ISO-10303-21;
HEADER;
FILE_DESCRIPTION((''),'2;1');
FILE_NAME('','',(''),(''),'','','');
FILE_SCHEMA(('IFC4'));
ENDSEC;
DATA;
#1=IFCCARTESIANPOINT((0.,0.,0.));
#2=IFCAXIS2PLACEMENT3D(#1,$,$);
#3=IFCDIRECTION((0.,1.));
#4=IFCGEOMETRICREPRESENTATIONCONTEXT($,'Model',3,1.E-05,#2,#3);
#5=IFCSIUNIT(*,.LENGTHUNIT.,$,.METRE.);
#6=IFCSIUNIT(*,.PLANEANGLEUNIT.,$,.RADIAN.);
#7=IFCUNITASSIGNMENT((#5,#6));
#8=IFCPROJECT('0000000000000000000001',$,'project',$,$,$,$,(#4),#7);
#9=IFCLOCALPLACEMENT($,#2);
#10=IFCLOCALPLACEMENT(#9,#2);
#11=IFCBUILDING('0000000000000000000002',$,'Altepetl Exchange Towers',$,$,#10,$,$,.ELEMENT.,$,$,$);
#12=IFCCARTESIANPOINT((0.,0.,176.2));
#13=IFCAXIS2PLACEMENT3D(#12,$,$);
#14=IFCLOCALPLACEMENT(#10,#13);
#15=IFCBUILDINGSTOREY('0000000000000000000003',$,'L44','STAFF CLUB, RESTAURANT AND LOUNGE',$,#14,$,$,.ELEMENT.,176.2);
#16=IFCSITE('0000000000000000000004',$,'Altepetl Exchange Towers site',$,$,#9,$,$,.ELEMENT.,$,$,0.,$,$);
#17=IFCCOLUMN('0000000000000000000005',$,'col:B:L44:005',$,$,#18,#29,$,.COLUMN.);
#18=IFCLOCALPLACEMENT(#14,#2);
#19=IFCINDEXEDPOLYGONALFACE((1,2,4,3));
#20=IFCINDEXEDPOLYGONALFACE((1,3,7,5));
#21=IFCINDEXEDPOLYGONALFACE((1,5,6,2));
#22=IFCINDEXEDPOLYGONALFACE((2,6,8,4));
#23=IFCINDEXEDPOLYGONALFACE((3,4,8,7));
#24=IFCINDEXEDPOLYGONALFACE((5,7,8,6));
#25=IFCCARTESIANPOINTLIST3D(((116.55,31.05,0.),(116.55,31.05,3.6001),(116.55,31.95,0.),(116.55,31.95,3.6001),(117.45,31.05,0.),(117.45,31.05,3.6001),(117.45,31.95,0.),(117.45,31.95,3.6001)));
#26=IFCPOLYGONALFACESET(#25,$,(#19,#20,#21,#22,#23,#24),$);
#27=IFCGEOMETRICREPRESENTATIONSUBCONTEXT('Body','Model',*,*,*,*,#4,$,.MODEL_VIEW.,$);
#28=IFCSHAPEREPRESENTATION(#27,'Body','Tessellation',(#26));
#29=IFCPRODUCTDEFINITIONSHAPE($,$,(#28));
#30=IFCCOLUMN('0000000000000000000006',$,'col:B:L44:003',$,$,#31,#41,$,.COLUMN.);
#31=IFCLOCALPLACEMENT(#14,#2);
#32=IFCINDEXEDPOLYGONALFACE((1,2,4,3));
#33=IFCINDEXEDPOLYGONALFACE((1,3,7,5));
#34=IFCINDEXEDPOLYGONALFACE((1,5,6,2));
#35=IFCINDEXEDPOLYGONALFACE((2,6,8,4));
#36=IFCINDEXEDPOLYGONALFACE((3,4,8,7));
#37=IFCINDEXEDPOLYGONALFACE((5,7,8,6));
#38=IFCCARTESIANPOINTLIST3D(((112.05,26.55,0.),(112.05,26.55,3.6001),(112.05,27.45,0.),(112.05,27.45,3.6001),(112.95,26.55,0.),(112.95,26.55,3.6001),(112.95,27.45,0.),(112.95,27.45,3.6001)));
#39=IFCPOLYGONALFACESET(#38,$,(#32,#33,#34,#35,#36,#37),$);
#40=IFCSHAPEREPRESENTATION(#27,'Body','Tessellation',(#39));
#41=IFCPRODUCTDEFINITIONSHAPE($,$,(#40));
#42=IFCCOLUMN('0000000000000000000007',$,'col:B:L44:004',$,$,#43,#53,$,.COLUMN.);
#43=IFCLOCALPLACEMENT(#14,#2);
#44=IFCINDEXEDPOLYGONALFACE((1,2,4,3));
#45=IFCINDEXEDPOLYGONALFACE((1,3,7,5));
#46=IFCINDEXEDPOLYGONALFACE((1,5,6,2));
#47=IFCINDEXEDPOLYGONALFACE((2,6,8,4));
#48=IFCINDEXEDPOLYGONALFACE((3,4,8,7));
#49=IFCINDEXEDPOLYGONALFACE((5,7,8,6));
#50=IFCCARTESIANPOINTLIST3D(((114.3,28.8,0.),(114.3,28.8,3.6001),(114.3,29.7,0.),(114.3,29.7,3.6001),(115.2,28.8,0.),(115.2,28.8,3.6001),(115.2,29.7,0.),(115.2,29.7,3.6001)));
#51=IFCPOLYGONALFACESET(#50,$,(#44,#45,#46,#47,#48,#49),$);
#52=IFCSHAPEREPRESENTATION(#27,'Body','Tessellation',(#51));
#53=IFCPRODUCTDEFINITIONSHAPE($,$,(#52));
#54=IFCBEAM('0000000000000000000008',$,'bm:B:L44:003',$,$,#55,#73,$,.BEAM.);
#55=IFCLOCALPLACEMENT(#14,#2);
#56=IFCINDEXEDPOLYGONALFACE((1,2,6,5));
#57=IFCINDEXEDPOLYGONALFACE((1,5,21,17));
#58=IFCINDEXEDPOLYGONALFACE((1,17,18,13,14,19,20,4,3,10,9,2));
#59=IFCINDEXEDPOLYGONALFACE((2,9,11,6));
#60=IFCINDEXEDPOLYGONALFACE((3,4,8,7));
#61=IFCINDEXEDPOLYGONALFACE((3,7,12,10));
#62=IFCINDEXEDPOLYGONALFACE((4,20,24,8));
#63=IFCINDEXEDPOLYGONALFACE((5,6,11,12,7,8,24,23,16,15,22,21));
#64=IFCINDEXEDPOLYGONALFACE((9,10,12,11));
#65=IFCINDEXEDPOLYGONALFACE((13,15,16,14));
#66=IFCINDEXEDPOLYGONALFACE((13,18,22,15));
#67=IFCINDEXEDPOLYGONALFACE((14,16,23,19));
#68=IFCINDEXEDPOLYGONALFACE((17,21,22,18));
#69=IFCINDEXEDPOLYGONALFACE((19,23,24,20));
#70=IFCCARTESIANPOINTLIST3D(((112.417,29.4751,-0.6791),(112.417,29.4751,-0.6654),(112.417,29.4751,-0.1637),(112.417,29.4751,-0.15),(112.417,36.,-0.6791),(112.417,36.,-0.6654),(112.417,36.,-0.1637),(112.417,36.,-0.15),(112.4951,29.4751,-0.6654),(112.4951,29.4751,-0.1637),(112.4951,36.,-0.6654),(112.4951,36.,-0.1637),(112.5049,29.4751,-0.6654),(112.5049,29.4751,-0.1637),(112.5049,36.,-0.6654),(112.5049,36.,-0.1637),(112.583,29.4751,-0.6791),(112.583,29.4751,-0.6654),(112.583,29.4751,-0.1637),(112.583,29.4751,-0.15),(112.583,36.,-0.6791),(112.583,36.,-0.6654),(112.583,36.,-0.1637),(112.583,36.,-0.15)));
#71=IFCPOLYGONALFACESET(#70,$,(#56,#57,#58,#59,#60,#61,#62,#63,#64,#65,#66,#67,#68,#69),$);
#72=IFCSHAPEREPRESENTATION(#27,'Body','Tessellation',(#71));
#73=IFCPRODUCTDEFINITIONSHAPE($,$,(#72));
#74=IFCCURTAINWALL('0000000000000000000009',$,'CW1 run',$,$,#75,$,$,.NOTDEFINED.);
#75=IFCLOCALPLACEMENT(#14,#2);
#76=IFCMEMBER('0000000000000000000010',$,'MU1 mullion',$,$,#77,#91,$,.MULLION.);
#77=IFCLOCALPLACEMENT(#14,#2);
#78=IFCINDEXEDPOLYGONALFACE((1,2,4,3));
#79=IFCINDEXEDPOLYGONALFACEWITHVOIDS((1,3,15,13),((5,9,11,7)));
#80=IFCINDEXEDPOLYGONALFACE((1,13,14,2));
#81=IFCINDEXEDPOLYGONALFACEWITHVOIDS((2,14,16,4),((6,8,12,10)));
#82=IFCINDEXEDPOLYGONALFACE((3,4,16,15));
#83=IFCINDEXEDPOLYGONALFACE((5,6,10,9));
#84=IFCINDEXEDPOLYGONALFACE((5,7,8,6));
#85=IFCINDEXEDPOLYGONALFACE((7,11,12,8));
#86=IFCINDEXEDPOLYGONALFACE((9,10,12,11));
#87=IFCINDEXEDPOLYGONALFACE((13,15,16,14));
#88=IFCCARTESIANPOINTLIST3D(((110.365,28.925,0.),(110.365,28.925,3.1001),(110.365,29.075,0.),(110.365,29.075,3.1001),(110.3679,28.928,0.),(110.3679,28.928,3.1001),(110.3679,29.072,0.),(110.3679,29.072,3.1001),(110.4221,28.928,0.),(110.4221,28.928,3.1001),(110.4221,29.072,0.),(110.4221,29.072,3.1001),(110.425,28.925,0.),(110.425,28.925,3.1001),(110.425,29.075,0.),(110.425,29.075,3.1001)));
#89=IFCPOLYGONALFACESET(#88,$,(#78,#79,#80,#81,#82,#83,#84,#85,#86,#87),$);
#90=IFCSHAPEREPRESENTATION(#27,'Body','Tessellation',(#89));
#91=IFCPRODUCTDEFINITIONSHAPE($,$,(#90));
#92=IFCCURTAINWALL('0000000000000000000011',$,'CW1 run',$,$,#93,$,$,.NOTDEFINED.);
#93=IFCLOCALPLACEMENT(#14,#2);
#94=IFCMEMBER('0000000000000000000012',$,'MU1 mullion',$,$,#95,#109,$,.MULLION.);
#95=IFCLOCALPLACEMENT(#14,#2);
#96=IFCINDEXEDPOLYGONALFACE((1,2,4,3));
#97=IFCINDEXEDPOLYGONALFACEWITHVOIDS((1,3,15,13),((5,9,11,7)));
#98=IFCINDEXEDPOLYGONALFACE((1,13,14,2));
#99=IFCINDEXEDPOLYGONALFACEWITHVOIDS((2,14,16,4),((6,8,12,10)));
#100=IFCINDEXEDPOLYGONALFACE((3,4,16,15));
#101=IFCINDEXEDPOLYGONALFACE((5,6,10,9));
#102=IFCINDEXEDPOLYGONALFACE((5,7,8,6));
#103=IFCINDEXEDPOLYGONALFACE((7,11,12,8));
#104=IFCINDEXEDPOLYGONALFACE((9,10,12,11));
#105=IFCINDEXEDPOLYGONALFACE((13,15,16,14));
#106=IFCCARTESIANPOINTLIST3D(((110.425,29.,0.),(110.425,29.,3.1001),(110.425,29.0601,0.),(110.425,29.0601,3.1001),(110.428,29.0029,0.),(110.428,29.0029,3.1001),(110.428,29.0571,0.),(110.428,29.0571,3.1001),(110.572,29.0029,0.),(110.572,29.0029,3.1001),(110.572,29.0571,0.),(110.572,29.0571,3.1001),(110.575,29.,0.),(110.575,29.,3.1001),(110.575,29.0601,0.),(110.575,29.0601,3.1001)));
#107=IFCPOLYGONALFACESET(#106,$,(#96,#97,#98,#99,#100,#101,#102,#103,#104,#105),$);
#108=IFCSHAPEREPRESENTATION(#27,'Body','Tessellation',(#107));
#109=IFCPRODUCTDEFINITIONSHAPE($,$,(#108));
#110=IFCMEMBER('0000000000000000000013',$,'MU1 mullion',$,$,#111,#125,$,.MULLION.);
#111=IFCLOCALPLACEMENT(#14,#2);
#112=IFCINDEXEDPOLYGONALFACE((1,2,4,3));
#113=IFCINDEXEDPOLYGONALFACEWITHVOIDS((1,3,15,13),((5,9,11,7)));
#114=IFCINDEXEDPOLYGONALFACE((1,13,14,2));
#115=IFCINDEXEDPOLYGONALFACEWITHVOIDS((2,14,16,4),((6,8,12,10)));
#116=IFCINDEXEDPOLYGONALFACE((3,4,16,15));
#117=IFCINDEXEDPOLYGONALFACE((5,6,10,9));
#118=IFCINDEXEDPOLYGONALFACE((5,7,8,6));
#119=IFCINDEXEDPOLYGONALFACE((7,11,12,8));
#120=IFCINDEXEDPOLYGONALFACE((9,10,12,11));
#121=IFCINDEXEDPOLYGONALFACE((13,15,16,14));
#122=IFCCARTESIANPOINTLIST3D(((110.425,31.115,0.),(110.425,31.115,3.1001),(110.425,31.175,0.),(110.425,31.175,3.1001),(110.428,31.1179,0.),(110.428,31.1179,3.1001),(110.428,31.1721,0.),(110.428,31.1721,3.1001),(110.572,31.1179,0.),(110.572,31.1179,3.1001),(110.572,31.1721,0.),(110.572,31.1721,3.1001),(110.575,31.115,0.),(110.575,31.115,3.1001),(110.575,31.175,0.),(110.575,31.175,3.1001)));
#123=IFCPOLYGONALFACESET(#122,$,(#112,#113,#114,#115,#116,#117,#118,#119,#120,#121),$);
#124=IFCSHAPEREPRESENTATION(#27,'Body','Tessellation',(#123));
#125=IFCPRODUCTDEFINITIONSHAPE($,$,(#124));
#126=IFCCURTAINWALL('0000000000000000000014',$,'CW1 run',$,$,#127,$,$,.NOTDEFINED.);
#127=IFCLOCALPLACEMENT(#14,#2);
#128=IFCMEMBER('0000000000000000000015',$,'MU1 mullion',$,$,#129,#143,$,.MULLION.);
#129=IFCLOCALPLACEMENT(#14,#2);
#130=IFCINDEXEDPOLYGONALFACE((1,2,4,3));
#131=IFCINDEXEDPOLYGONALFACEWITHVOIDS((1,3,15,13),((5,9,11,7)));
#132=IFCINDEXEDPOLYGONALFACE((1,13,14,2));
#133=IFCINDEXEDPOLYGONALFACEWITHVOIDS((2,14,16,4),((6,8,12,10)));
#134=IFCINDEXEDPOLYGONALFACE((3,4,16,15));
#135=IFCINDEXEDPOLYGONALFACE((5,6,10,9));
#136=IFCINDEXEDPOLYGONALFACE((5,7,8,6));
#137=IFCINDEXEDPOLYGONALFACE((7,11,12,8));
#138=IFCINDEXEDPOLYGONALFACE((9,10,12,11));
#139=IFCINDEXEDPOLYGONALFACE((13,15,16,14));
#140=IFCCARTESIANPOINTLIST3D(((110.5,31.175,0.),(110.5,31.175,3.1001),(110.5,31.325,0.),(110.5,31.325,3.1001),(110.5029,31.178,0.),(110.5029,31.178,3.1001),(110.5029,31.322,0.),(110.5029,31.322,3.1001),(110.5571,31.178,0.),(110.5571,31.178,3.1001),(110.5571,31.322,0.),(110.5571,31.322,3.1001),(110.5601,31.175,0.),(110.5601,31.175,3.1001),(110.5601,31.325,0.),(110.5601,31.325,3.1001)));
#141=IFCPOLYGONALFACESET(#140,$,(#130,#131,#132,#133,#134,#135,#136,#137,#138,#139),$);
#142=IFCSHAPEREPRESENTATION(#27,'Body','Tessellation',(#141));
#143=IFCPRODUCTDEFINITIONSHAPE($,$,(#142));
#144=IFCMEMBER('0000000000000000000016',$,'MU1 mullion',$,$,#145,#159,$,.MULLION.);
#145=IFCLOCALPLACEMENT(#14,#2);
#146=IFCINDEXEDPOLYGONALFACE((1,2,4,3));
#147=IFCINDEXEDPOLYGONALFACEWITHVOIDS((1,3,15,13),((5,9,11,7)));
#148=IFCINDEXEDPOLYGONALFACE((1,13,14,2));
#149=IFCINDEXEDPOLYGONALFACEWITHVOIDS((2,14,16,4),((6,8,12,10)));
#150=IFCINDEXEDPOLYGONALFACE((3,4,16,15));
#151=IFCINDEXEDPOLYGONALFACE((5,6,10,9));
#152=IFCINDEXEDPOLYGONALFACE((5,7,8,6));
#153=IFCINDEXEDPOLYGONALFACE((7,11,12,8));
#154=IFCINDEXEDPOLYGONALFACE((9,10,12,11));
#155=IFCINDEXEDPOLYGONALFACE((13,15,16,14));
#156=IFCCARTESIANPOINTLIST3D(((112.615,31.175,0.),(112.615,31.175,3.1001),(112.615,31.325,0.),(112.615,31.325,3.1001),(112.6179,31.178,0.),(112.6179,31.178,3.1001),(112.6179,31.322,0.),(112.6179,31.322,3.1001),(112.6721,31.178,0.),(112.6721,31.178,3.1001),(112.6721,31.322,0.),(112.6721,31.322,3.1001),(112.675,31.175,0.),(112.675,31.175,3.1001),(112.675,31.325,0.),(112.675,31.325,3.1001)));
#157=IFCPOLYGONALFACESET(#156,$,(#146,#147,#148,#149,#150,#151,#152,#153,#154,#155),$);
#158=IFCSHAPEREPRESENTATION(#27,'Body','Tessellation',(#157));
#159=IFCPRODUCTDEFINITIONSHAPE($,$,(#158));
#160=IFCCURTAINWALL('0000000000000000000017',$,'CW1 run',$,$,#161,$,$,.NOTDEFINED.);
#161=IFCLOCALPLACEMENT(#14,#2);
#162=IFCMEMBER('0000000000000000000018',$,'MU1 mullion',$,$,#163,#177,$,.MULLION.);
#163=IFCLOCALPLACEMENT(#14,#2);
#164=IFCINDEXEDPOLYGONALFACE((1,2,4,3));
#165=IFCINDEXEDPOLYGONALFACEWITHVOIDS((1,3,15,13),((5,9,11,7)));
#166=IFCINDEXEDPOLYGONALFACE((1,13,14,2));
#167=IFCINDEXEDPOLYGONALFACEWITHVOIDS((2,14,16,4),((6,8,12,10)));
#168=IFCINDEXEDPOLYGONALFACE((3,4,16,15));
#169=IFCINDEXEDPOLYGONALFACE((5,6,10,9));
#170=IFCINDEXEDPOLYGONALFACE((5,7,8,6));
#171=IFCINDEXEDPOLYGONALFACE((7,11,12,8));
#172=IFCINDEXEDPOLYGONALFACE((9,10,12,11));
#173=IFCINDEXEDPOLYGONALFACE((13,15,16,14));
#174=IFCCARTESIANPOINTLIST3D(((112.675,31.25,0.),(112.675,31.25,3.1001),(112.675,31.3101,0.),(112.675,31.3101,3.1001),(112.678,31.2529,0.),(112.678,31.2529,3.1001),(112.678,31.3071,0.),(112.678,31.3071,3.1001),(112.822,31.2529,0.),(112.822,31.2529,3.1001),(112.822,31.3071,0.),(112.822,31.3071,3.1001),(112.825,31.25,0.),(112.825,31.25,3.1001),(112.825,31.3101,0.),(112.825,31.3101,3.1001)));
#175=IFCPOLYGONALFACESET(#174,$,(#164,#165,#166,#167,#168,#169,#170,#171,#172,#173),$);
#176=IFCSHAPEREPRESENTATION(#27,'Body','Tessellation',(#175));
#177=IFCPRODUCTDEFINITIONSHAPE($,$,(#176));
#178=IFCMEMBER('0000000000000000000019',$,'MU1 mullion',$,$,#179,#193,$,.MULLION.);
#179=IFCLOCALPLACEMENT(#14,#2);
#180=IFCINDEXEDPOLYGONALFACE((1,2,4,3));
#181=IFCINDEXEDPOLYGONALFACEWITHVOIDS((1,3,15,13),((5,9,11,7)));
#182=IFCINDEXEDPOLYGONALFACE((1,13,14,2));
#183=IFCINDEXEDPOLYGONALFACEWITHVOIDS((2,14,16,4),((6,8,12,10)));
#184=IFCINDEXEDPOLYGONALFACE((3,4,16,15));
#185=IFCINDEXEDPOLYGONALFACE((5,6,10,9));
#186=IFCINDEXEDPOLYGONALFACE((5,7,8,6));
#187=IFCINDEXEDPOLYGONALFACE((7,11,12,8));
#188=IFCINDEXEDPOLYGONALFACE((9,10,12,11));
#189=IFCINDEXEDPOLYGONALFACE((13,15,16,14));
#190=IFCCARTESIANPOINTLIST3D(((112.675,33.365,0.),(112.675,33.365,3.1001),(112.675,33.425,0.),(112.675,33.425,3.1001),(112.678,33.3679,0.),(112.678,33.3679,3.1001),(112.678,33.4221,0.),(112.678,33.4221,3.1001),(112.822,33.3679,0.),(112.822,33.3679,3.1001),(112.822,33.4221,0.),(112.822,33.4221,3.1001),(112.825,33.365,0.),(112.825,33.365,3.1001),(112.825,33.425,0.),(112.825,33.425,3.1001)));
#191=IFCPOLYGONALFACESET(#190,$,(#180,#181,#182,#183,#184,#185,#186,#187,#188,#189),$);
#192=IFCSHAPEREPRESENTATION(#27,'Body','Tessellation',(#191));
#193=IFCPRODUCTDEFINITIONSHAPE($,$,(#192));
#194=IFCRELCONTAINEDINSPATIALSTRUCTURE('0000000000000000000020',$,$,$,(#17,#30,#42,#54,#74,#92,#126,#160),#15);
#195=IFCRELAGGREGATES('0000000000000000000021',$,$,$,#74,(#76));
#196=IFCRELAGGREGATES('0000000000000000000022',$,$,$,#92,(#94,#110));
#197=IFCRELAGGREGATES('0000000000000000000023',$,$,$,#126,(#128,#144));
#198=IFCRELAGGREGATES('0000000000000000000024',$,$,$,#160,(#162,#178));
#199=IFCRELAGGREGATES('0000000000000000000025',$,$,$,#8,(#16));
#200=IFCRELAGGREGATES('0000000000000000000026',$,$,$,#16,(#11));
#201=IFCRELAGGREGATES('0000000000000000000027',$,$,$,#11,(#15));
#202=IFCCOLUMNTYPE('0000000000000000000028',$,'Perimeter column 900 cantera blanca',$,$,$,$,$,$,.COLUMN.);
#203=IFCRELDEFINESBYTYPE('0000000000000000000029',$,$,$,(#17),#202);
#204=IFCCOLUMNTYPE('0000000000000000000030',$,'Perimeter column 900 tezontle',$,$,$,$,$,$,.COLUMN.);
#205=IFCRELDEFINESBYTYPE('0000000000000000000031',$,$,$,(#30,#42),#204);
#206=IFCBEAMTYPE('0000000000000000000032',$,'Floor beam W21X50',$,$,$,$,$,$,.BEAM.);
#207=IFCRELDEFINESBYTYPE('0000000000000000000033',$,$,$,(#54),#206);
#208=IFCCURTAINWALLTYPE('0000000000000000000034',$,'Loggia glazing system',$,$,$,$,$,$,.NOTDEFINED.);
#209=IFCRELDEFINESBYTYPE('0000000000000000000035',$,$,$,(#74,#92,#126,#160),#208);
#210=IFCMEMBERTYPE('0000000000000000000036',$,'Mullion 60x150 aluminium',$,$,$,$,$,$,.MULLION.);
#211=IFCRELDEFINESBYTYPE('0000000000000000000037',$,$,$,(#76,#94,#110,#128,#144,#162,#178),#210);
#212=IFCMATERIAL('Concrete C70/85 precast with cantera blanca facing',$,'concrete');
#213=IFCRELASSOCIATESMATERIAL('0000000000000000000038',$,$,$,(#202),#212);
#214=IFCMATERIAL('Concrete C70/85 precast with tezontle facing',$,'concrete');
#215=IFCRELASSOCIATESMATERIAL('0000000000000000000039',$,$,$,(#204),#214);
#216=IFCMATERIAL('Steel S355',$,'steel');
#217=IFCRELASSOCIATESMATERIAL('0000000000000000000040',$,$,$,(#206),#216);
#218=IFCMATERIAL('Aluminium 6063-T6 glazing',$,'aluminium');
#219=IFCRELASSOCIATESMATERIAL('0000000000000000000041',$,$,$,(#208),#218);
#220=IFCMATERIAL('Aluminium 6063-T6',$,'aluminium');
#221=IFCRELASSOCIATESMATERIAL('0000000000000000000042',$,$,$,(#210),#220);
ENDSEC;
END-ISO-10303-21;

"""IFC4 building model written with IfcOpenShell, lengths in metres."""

from ifc_helpers import new_model, si_unit, direction, frame, origin, origin_2d, place, context, subcontext, project, spatial, rectangle, hollow_rectangle, i_section, extrude, material, material_profile, profile_set, type_object, element, aggregate, save


model = new_model("IFC4")

# Units and contexts
model_context = context("Model", 3, precision=1e-05, world=origin(), true_north=direction((0.0, 1.0)))
body_context = subcontext(model_context, "Body", "Model", "MODEL_VIEW")
ifc_project = project(units=[si_unit("LENGTHUNIT", "METRE"), si_unit("PLANEANGLEUNIT", "RADIAN")], contexts=[model_context])

# Site, building, storey
site_placement = place(None, origin())
site = spatial("IfcSite", under=ifc_project, at=site_placement, Name="Altepetl Exchange Towers site", CompositionType="ELEMENT", RefElevation=0.0)
building_placement = place(site_placement, origin())
building = spatial("IfcBuilding", under=site, at=building_placement, Name="Altepetl Exchange Towers", CompositionType="ELEMENT")
storey_placement = place(building_placement, frame((0.0, 0.0, 176.2)))
storey = spatial("IfcBuildingStorey", under=building, at=storey_placement, Name="L44", Description="STAFF CLUB, RESTAURANT AND LOUNGE", CompositionType="ELEMENT", Elevation=176.2)

# Columns
ifc_material_1 = material(Name="Concrete C70/85 precast with cantera blanca facing", Category="concrete")
ifc_material_profile_1 = material_profile(ifc_material_1, rectangle(XDim=0.8999, YDim=0.8999, at=origin_2d()), Name="900 x 900")
ifc_profile_set_1 = profile_set([ifc_material_profile_1], Name="Concrete C70/85 precast with cantera blanca facing")
column_type_1 = type_object("IfcColumnType", Name="Perimeter column 900 cantera blanca", PredefinedType="COLUMN", material=ifc_profile_set_1)
column_placement = place(storey_placement, frame((117.0, 31.5, 0.0)))
element("IfcColumn", 1, at=column_placement, inside=storey, type_object=column_type_1, Name="col:B:L44:005", PredefinedType="COLUMN", context=body_context, shape_type="SweptSolid", body=[
    extrude(rectangle(XDim=0.8999, YDim=0.8999, at=origin_2d()), origin(), (0.0, 0.0, 1.0), 3.6001),
])
ifc_material_2 = material(Name="Concrete C70/85 precast with tezontle facing", Category="concrete")
ifc_material_profile_2 = material_profile(ifc_material_2, rectangle(XDim=0.8999, YDim=0.8999, at=origin_2d()), Name="900 x 900")
ifc_profile_set_2 = profile_set([ifc_material_profile_2], Name="Concrete C70/85 precast with tezontle facing")
column_type_2 = type_object("IfcColumnType", Name="Perimeter column 900 tezontle", PredefinedType="COLUMN", material=ifc_profile_set_2)
for number, where, name in (
    (2, (112.5, 27.0, 0.0), "col:B:L44:003"),
    (3, (114.75, 29.25, 0.0), "col:B:L44:004"),
):
    element("IfcColumn", number, at=place(storey_placement, frame(where)), inside=storey, type_object=column_type_2, Name=name, PredefinedType="COLUMN", context=body_context, shape_type="SweptSolid", body=[
        extrude(rectangle(XDim=0.8999, YDim=0.8999, at=origin_2d()), origin(), (0.0, 0.0, 1.0), 3.6001),
    ])

# Beam
ifc_material_3 = material(Name="Steel S355", Category="steel")
ifc_material_profile_3 = material_profile(ifc_material_3, i_section(OverallWidth=0.166, OverallDepth=0.5291, WebThickness=0.0098, FlangeThickness=0.0137, at=origin_2d()), Name="W21X50")
ifc_profile_set_3 = profile_set([ifc_material_profile_3], Name="Steel S355")
beam_type_1 = type_object("IfcBeamType", Name="Floor beam W21X50", PredefinedType="BEAM", material=ifc_profile_set_3)
beam_1_placement = place(storey_placement, frame((112.5, 29.4751, -0.4146), z_axis=(0.0, 1.0, 0.0), x_axis=(-1.0, 0.0, 0.0)))
element("IfcBeam", 4, at=beam_1_placement, inside=storey, type_object=beam_type_1, Name="bm:B:L44:003", PredefinedType="BEAM", context=body_context, shape_type="SweptSolid", body=[
    extrude(i_section(OverallWidth=0.166, OverallDepth=0.5291, WebThickness=0.0098, FlangeThickness=0.0137, at=origin_2d()), origin(), (0.0, 0.0, 1.0), 6.5249),
])

# Curtain wall, member
ifc_material_4 = material(Name="Aluminium 6063-T6 glazing", Category="aluminium")
curtain_wall_type = type_object("IfcCurtainWallType", Name="Loggia glazing system", PredefinedType="NOTDEFINED", material=ifc_material_4)
curtain_wall_1_placement = place(storey_placement, origin())
curtain_wall_1 = element("IfcCurtainWall", 5, at=curtain_wall_1_placement, inside=storey, type_object=curtain_wall_type, Name="CW1 run", PredefinedType="NOTDEFINED")
ifc_material_5 = material(Name="Aluminium 6063-T6", Category="aluminium")
ifc_material_profile_4 = material_profile(ifc_material_5, hollow_rectangle(XDim=0.0601, YDim=0.1499, WallThickness=0.0029, at=origin_2d()), Name="Mullion 60x150 aluminium")
ifc_profile_set_4 = profile_set([ifc_material_profile_4], Name="Aluminium 6063-T6")
member_type = type_object("IfcMemberType", Name="Mullion 60x150 aluminium", PredefinedType="MULLION", material=ifc_profile_set_4)
member_1_placement = place(storey_placement, frame((110.395, 29.0, 0.0)))
member_1 = element("IfcMember", 6, at=member_1_placement, type_object=member_type, Name="MU1 mullion", PredefinedType="MULLION", context=body_context, shape_type="SweptSolid", body=[
    extrude(hollow_rectangle(XDim=0.0601, YDim=0.1499, WallThickness=0.0029, at=origin_2d()), origin(), (0.0, 0.0, 1.0), 3.1001),
])

# Curtain walls, members
curtain_wall_2_placement = place(storey_placement, origin())
curtain_wall_2 = element("IfcCurtainWall", 7, at=curtain_wall_2_placement, inside=storey, type_object=curtain_wall_type, Name="CW1 run", PredefinedType="NOTDEFINED")
member_2_placement = place(storey_placement, frame((110.5, 29.03, 0.0), z_axis=(0.0, 0.0, 1.0), x_axis=(0.0, 1.0, 0.0)))
member_2 = element("IfcMember", 8, at=member_2_placement, type_object=member_type, Name="MU1 mullion", PredefinedType="MULLION", context=body_context, shape_type="SweptSolid", body=[
    extrude(hollow_rectangle(XDim=0.0601, YDim=0.1499, WallThickness=0.0029, at=origin_2d()), origin(), (0.0, 0.0, 1.0), 3.1001),
])
member_3_placement = place(storey_placement, frame((110.5, 31.145, 0.0), z_axis=(0.0, 0.0, 1.0), x_axis=(0.0, 1.0, 0.0)))
member_3 = element("IfcMember", 9, at=member_3_placement, type_object=member_type, Name="MU1 mullion", PredefinedType="MULLION", context=body_context, shape_type="SweptSolid", body=[
    extrude(hollow_rectangle(XDim=0.0601, YDim=0.1499, WallThickness=0.0029, at=origin_2d()), origin(), (0.0, 0.0, 1.0), 3.1001),
])
curtain_wall_3_placement = place(storey_placement, origin())
curtain_wall_3 = element("IfcCurtainWall", 10, at=curtain_wall_3_placement, inside=storey, type_object=curtain_wall_type, Name="CW1 run", PredefinedType="NOTDEFINED")
member_4_placement = place(storey_placement, frame((110.53, 31.25, 0.0)))
member_4 = element("IfcMember", 11, at=member_4_placement, type_object=member_type, Name="MU1 mullion", PredefinedType="MULLION", context=body_context, shape_type="SweptSolid", body=[
    extrude(hollow_rectangle(XDim=0.0601, YDim=0.1499, WallThickness=0.0029, at=origin_2d()), origin(), (0.0, 0.0, 1.0), 3.1001),
])
member_5_placement = place(storey_placement, frame((112.645, 31.25, 0.0)))
member_5 = element("IfcMember", 12, at=member_5_placement, type_object=member_type, Name="MU1 mullion", PredefinedType="MULLION", context=body_context, shape_type="SweptSolid", body=[
    extrude(hollow_rectangle(XDim=0.0601, YDim=0.1499, WallThickness=0.0029, at=origin_2d()), origin(), (0.0, 0.0, 1.0), 3.1001),
])
curtain_wall_4_placement = place(storey_placement, origin())
curtain_wall_4 = element("IfcCurtainWall", 13, at=curtain_wall_4_placement, inside=storey, type_object=curtain_wall_type, Name="CW1 run", PredefinedType="NOTDEFINED")
member_6_placement = place(storey_placement, frame((112.75, 31.28, 0.0), z_axis=(0.0, 0.0, 1.0), x_axis=(0.0, 1.0, 0.0)))
member_6 = element("IfcMember", 14, at=member_6_placement, type_object=member_type, Name="MU1 mullion", PredefinedType="MULLION", context=body_context, shape_type="SweptSolid", body=[
    extrude(hollow_rectangle(XDim=0.0601, YDim=0.1499, WallThickness=0.0029, at=origin_2d()), origin(), (0.0, 0.0, 1.0), 3.1001),
])
member_7_placement = place(storey_placement, frame((112.75, 33.395, 0.0), z_axis=(0.0, 0.0, 1.0), x_axis=(0.0, 1.0, 0.0)))
member_7 = element("IfcMember", 15, at=member_7_placement, type_object=member_type, Name="MU1 mullion", PredefinedType="MULLION", context=body_context, shape_type="SweptSolid", body=[
    extrude(hollow_rectangle(XDim=0.0601, YDim=0.1499, WallThickness=0.0029, at=origin_2d()), origin(), (0.0, 0.0, 1.0), 3.1001),
])

aggregate(curtain_wall_1, [member_1])
aggregate(curtain_wall_2, [member_2, member_3])
aggregate(curtain_wall_3, [member_4, member_5])
aggregate(curtain_wall_4, [member_6, member_7])

save(model, "model.ifc")
